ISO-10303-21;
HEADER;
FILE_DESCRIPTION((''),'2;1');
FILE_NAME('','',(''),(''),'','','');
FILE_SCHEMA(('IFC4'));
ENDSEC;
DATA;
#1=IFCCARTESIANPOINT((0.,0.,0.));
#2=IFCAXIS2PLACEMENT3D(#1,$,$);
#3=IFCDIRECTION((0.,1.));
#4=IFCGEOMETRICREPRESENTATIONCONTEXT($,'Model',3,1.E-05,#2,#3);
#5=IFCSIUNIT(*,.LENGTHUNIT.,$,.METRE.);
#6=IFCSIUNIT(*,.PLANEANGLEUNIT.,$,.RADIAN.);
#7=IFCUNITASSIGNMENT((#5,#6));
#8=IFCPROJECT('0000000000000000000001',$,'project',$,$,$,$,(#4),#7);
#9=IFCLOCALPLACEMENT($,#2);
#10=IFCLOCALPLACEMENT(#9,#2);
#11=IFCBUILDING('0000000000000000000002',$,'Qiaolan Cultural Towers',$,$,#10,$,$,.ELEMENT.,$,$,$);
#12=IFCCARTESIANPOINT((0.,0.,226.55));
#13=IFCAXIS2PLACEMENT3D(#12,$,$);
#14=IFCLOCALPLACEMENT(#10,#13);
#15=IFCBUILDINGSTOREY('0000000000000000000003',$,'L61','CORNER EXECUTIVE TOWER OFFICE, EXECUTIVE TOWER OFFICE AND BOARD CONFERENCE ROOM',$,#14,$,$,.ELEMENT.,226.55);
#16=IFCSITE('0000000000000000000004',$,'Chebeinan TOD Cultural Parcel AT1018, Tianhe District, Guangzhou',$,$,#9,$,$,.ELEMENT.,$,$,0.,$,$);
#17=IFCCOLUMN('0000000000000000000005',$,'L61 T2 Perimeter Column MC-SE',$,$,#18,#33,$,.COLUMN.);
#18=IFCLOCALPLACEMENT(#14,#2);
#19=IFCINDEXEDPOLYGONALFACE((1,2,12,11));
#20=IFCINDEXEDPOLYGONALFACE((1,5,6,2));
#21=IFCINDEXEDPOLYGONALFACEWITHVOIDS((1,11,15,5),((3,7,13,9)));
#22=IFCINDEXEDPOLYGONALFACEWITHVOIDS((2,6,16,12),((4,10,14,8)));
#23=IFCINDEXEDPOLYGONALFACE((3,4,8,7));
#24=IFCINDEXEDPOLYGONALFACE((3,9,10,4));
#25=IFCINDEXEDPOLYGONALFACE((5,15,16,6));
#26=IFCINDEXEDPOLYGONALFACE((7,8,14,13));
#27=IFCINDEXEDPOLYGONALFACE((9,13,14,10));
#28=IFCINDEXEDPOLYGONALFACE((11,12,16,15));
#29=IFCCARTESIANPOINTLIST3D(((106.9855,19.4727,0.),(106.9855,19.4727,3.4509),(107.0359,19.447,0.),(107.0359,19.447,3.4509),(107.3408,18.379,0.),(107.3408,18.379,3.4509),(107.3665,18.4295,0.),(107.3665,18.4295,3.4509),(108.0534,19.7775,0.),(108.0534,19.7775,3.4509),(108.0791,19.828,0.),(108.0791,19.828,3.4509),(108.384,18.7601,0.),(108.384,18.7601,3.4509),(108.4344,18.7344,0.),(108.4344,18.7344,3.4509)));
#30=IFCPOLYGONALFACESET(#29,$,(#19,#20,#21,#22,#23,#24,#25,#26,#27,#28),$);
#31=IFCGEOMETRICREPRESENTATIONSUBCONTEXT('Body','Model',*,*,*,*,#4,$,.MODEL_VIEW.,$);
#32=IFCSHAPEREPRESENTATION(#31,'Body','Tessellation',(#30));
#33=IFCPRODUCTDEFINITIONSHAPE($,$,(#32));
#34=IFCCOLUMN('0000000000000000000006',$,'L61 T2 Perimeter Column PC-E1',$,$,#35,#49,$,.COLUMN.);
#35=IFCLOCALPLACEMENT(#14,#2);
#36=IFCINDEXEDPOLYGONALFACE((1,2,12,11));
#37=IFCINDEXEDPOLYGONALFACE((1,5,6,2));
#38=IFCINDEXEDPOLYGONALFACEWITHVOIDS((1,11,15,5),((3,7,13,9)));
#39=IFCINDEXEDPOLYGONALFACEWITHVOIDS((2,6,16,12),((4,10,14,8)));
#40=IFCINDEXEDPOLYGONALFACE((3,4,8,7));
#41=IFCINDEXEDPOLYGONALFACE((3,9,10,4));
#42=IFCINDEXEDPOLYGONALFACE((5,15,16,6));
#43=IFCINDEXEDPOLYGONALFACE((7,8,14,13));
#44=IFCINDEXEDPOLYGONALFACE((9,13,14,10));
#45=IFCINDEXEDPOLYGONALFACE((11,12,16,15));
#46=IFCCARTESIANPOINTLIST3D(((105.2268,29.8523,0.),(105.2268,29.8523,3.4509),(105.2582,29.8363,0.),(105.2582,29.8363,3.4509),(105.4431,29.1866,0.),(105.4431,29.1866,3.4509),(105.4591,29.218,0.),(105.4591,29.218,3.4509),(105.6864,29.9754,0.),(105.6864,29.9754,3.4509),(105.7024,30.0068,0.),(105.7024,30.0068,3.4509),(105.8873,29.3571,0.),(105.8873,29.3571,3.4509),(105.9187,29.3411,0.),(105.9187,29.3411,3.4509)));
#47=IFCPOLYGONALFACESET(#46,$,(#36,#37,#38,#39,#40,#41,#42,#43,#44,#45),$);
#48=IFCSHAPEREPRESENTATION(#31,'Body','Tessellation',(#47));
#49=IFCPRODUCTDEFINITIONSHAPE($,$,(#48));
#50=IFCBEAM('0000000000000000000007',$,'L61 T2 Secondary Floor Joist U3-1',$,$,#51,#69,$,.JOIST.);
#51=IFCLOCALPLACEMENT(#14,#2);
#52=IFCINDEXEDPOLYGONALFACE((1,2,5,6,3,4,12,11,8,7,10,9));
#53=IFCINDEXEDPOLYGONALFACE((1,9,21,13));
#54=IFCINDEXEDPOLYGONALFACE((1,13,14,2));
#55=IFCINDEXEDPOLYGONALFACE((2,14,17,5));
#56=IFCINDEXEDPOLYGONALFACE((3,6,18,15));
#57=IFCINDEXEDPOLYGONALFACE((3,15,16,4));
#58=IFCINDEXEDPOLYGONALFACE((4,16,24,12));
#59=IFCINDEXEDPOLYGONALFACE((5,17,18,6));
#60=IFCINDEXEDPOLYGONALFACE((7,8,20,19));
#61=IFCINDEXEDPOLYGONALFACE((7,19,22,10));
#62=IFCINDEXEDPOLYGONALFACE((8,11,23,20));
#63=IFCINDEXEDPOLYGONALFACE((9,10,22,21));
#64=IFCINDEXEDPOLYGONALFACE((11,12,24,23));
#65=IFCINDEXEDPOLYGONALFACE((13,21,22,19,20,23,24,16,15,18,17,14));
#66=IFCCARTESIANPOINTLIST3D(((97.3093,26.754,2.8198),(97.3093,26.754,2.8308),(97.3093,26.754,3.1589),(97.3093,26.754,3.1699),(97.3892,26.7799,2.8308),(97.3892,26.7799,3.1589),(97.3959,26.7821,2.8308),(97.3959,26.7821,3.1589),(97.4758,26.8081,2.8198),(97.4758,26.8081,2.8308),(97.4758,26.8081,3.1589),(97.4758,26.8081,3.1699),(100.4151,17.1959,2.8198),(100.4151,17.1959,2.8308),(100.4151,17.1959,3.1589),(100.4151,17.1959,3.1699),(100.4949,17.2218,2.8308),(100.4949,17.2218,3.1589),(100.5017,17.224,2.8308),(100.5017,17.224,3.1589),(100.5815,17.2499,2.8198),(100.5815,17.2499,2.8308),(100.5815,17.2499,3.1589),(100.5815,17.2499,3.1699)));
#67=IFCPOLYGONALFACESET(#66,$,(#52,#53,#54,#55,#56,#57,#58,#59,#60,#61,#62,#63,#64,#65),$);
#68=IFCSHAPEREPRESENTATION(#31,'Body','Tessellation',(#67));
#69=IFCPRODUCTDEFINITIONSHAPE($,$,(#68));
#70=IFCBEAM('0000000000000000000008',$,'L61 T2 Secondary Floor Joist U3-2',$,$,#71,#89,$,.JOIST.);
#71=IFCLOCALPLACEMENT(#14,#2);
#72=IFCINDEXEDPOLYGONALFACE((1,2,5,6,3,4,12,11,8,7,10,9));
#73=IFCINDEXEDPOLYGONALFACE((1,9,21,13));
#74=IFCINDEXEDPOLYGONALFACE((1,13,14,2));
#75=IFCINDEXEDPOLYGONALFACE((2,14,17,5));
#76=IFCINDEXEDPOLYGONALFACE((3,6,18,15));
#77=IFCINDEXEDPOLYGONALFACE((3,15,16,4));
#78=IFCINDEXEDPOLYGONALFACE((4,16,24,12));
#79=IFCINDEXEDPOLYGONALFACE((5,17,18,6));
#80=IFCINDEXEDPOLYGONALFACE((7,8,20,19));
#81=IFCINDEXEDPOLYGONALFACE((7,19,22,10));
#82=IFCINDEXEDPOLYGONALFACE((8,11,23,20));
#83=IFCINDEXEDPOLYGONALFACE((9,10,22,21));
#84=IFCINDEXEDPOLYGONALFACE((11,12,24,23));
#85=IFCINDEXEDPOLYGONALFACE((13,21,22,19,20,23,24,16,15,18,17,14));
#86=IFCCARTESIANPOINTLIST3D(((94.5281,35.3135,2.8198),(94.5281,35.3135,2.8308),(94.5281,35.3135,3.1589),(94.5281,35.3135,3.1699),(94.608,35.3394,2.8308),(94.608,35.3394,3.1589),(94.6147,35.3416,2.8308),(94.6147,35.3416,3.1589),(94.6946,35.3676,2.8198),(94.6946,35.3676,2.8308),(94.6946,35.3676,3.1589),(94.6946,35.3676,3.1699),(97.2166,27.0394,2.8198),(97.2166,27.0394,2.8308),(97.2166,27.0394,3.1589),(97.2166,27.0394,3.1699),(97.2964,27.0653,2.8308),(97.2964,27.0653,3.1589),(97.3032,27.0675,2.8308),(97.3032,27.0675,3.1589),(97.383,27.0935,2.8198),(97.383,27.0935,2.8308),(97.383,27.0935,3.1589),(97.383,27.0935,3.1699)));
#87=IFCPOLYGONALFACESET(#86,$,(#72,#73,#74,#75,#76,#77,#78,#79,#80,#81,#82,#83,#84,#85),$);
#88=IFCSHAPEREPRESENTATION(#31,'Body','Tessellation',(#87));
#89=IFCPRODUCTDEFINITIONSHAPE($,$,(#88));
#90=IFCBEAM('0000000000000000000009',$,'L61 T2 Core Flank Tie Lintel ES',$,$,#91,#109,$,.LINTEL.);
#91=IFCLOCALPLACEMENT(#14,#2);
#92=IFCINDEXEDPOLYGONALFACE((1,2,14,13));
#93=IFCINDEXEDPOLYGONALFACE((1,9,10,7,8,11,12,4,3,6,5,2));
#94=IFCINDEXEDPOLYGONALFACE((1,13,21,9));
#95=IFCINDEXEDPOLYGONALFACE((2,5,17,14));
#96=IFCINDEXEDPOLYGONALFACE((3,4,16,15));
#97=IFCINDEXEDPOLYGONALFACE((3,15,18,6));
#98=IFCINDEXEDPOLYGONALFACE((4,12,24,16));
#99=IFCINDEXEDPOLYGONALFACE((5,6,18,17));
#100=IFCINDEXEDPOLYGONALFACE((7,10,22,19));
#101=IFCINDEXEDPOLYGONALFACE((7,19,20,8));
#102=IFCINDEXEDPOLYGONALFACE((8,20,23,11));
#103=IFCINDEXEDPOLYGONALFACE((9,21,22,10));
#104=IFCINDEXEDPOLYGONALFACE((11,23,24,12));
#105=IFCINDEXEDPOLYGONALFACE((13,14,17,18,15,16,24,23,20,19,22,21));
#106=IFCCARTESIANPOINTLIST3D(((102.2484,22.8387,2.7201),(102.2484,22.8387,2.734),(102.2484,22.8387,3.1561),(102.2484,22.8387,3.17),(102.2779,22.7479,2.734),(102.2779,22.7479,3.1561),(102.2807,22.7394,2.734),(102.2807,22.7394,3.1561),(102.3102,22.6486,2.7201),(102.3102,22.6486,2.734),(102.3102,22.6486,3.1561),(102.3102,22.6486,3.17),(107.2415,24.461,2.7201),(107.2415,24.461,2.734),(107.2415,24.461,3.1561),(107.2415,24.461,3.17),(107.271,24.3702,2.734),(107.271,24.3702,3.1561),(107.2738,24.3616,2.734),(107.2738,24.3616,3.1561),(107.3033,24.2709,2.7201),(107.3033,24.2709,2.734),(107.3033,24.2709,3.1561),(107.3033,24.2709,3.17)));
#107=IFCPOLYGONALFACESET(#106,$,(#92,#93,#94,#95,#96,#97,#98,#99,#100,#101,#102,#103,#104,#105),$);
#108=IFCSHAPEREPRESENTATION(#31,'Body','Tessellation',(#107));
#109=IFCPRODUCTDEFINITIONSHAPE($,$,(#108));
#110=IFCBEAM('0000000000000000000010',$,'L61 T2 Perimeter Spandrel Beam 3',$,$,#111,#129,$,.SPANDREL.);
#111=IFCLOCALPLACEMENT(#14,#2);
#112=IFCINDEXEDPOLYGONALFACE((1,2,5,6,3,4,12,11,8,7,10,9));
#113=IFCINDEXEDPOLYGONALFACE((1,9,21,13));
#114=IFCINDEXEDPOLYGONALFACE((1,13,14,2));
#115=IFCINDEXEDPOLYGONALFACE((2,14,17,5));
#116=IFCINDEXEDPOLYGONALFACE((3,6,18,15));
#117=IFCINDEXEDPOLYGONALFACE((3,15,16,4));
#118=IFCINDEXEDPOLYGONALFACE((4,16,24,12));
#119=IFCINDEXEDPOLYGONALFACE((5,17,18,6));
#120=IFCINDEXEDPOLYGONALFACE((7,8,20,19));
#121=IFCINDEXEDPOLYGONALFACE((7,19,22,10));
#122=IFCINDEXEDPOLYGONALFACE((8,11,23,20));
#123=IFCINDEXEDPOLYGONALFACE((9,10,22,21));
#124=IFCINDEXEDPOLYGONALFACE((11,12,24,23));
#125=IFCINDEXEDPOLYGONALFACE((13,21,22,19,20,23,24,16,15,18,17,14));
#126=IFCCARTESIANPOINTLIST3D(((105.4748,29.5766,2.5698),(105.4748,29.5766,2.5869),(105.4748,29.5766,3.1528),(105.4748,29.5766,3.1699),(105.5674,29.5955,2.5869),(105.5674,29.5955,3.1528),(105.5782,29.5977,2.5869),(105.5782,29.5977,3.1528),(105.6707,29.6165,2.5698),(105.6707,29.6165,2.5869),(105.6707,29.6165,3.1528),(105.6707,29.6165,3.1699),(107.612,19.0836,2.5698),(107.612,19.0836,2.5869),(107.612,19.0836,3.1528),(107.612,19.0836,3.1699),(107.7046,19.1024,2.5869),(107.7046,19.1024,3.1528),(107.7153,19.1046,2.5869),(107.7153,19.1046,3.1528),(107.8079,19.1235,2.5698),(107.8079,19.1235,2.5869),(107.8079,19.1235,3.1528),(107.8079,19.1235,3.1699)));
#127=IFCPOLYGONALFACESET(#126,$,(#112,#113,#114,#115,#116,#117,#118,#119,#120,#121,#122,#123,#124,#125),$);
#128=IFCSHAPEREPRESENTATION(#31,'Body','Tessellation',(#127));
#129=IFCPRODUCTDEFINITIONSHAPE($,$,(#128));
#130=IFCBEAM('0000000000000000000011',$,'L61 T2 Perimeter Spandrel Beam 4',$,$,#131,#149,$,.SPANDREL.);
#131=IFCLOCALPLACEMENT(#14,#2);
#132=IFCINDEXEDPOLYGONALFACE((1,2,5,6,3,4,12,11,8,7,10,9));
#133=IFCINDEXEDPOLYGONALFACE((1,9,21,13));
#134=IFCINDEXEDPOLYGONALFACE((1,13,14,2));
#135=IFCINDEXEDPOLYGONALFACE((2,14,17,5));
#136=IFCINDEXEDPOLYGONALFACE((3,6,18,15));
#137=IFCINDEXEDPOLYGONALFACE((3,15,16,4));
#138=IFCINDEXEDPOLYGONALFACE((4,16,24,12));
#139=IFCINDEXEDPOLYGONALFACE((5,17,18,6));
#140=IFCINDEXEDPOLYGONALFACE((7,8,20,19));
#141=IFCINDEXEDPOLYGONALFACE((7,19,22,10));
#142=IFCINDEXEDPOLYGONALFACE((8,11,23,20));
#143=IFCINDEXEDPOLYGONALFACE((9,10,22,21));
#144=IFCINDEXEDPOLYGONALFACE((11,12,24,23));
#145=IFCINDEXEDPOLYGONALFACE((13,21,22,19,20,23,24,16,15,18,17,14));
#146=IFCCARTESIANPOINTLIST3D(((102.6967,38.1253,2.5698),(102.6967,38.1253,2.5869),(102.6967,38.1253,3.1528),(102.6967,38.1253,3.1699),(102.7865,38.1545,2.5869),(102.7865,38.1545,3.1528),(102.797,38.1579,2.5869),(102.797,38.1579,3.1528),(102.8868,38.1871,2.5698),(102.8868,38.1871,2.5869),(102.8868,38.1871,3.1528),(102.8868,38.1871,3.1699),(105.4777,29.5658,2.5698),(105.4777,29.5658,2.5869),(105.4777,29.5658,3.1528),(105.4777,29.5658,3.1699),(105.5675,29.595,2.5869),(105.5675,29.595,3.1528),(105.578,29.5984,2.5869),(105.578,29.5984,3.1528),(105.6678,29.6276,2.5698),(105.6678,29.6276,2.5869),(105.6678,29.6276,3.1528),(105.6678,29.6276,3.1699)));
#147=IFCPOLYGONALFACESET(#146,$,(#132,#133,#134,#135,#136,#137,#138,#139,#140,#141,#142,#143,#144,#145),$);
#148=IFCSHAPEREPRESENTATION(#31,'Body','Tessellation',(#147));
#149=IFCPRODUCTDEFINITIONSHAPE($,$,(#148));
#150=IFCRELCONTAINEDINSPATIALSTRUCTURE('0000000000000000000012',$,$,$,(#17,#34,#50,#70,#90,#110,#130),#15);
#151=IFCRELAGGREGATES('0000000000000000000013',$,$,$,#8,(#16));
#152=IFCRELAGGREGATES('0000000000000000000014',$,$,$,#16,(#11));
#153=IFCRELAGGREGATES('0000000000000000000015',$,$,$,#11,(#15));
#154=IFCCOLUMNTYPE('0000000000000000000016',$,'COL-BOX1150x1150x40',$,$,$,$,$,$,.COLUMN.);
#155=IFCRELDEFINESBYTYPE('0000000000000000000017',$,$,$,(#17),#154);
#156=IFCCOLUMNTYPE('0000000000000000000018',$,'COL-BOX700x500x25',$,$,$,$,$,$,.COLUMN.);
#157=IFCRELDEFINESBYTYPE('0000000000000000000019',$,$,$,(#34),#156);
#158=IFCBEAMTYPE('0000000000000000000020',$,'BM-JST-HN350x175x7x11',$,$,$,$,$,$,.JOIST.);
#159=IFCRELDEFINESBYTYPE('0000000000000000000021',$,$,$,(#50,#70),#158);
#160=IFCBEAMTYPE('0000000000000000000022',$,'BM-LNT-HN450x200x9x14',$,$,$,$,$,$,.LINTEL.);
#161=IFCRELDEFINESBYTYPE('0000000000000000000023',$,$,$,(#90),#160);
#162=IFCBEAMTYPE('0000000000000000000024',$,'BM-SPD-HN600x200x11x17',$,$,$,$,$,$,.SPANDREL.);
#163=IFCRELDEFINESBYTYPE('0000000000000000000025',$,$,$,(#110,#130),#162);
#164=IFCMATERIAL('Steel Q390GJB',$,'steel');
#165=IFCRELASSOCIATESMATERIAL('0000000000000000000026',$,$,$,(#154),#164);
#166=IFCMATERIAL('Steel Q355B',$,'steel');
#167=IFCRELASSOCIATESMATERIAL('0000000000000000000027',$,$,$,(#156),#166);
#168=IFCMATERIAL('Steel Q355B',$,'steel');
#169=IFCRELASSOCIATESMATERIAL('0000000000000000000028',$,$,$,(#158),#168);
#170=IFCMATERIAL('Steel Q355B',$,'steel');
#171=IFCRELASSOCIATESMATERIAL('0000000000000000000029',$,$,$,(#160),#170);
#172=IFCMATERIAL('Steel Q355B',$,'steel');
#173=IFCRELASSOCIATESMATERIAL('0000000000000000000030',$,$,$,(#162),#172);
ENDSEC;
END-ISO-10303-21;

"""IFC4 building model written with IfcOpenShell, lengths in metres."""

from ifc_helpers import new_model, si_unit, direction, frame, origin, origin_2d, place, context, subcontext, project, spatial, hollow_rectangle, i_section, extrude, material, material_profile, profile_set, type_object, element, save


model = new_model("IFC4")

# Units and contexts
model_context = context("Model", 3, precision=1e-05, world=origin(), true_north=direction((0.0, 1.0)))
body_context = subcontext(model_context, "Body", "Model", "MODEL_VIEW")
ifc_project = project(units=[si_unit("LENGTHUNIT", "METRE"), si_unit("PLANEANGLEUNIT", "RADIAN")], contexts=[model_context])

# Site, building, storey
site_placement = place(None, origin())
site = spatial("IfcSite", under=ifc_project, at=site_placement, Name="Chebeinan TOD Cultural Parcel AT1018, Tianhe District, Guangzhou", CompositionType="ELEMENT", RefElevation=0.0)
building_placement = place(site_placement, origin())
building = spatial("IfcBuilding", under=site, at=building_placement, Name="Qiaolan Cultural Towers", CompositionType="ELEMENT")
storey_placement = place(building_placement, frame((0.0, 0.0, 226.55)))
storey = spatial("IfcBuildingStorey", under=building, at=storey_placement, Name="L61", Description="CORNER EXECUTIVE TOWER OFFICE, EXECUTIVE TOWER OFFICE AND BOARD CONFERENCE ROOM", CompositionType="ELEMENT", Elevation=226.55)

# Columns
ifc_material_1 = material(Name="Steel Q390GJB", Category="steel")
ifc_material_profile_1 = material_profile(ifc_material_1, hollow_rectangle(XDim=1.1499, YDim=1.1499, WallThickness=0.04, at=origin_2d()), Name="BOX1150x1150x40")
ifc_profile_set_1 = profile_set([ifc_material_profile_1], Name="Steel Q390GJB")
column_type_1 = type_object("IfcColumnType", Name="COL-BOX1150x1150x40", PredefinedType="COLUMN", material=ifc_profile_set_1)
column_1_placement = place(storey_placement, frame((107.71, 19.1035, 0.0), z_axis=(0.0, 0.0, 1.0), x_axis=(0.951057, 0.309017, 0.0)))
element("IfcColumn", 1, at=column_1_placement, inside=storey, type_object=column_type_1, Name="L61 T2 Perimeter Column MC-SE", PredefinedType="COLUMN", context=body_context, shape_type="SweptSolid", body=[
    extrude(hollow_rectangle(XDim=1.1499, YDim=1.1499, WallThickness=0.04, at=origin_2d()), origin(), (0.0, 0.0, 1.0), 3.4509),
])
ifc_material_2 = material(Name="Steel Q355B", Category="steel")
ifc_material_profile_2 = material_profile(ifc_material_2, hollow_rectangle(XDim=0.5, YDim=0.7, WallThickness=0.0249, at=origin_2d()), Name="BOX700x500x25")
ifc_profile_set_2 = profile_set([ifc_material_profile_2], Name="Steel Q355B")
column_type_2 = type_object("IfcColumnType", Name="COL-BOX700x500x25", PredefinedType="COLUMN", material=ifc_profile_set_2)
column_2_placement = place(storey_placement, frame((105.5728, 29.5967, 0.0), z_axis=(0.0, 0.0, 1.0), x_axis=(0.951057, 0.309017, 0.0)))
element("IfcColumn", 2, at=column_2_placement, inside=storey, type_object=column_type_2, Name="L61 T2 Perimeter Column PC-E1", PredefinedType="COLUMN", context=body_context, shape_type="SweptSolid", body=[
    extrude(hollow_rectangle(XDim=0.5, YDim=0.7, WallThickness=0.0249, at=origin_2d()), origin(), (0.0, 0.0, 1.0), 3.4509),
])

# Beams
ifc_material_3 = material(Name="Steel Q355B", Category="steel")
ifc_material_profile_3 = material_profile(ifc_material_3, i_section(OverallWidth=0.175, OverallDepth=0.3501, WebThickness=0.0071, FlangeThickness=0.011, at=origin_2d()), Name="HN350x175x7x11")
ifc_profile_set_3 = profile_set([ifc_material_profile_3], Name="Steel Q355B")
beam_type_1 = type_object("IfcBeamType", Name="BM-JST-HN350x175x7x11", PredefinedType="JOIST", material=ifc_profile_set_3)
beam_1_placement = place(storey_placement, frame((100.4983, 17.2229, 2.9949), z_axis=(-0.309026, 0.951054, 0.0), x_axis=(-0.951054, -0.309026, 0.0)))
element("IfcBeam", 3, at=beam_1_placement, inside=storey, type_object=beam_type_1, Name="L61 T2 Secondary Floor Joist U3-1", PredefinedType="JOIST", context=body_context, shape_type="SweptSolid", body=[
    extrude(i_section(OverallWidth=0.175, OverallDepth=0.3501, WebThickness=0.0071, FlangeThickness=0.011, at=origin_2d()), origin(), (0.0, 0.0, 1.0), 10.05),
])
beam_2_placement = place(storey_placement, frame((97.2998, 27.0664, 2.9949), z_axis=(-0.309021, 0.951055, 0.0), x_axis=(-0.951055, -0.309021, 0.0)))
element("IfcBeam", 4, at=beam_2_placement, inside=storey, type_object=beam_type_1, Name="L61 T2 Secondary Floor Joist U3-2", PredefinedType="JOIST", context=body_context, shape_type="SweptSolid", body=[
    extrude(i_section(OverallWidth=0.175, OverallDepth=0.3501, WebThickness=0.0071, FlangeThickness=0.011, at=origin_2d()), origin(), (0.0, 0.0, 1.0), 8.7),
])
ifc_material_4 = material(Name="Steel Q355B", Category="steel")
ifc_material_profile_4 = material_profile(ifc_material_4, i_section(OverallWidth=0.2, OverallDepth=0.45, WebThickness=0.009, FlangeThickness=0.0139, at=origin_2d()), Name="HN450x200x9x14")
ifc_profile_set_4 = profile_set([ifc_material_profile_4], Name="Steel Q355B")
beam_type_2 = type_object("IfcBeamType", Name="BM-LNT-HN450x200x9x14", PredefinedType="LINTEL", material=ifc_profile_set_4)
beam_3_placement = place(storey_placement, frame((102.2793, 22.7437, 2.9451), z_axis=(0.95106, 0.309006, 0.0), x_axis=(-0.309006, 0.95106, 0.0)))
element("IfcBeam", 5, at=beam_3_placement, inside=storey, type_object=beam_type_2, Name="L61 T2 Core Flank Tie Lintel ES", PredefinedType="LINTEL", context=body_context, shape_type="SweptSolid", body=[
    extrude(i_section(OverallWidth=0.2, OverallDepth=0.45, WebThickness=0.009, FlangeThickness=0.0139, at=origin_2d()), origin(), (0.0, 0.0, 1.0), 5.25),
])
ifc_material_5 = material(Name="Steel Q355B", Category="steel")
ifc_material_profile_5 = material_profile(ifc_material_5, i_section(OverallWidth=0.2, OverallDepth=0.6001, WebThickness=0.011, FlangeThickness=0.0171, at=origin_2d()), Name="HN600x200x11x17")
ifc_profile_set_5 = profile_set([ifc_material_profile_5], Name="Steel Q355B")
beam_type_3 = type_object("IfcBeamType", Name="BM-SPD-HN600x200x11x17", PredefinedType="SPANDREL", material=ifc_profile_set_5)
beam_4_placement = place(storey_placement, frame((107.71, 19.1035, 2.8699), z_axis=(-0.199579, 0.979882, 0.0), x_axis=(-0.979882, -0.199579, 0.0)))
element("IfcBeam", 6, at=beam_4_placement, inside=storey, type_object=beam_type_3, Name="L61 T2 Perimeter Spandrel Beam 3", PredefinedType="SPANDREL", context=body_context, shape_type="SweptSolid", body=[
    extrude(i_section(OverallWidth=0.2, OverallDepth=0.6001, WebThickness=0.011, FlangeThickness=0.0171, at=origin_2d()), origin(), (0.0, 0.0, 1.0), 10.7085),
])
beam_5_placement = place(storey_placement, frame((105.5728, 29.5967, 2.8699), z_axis=(-0.309, 0.951062, 0.0), x_axis=(-0.951062, -0.309, 0.0)))
element("IfcBeam", 7, at=beam_5_placement, inside=storey, type_object=beam_type_3, Name="L61 T2 Perimeter Spandrel Beam 4", PredefinedType="SPANDREL", context=body_context, shape_type="SweptSolid", body=[
    extrude(i_section(OverallWidth=0.2, OverallDepth=0.6001, WebThickness=0.011, FlangeThickness=0.0171, at=origin_2d()), origin(), (0.0, 0.0, 1.0), 9.0),
])

save(model, "model.ifc")
